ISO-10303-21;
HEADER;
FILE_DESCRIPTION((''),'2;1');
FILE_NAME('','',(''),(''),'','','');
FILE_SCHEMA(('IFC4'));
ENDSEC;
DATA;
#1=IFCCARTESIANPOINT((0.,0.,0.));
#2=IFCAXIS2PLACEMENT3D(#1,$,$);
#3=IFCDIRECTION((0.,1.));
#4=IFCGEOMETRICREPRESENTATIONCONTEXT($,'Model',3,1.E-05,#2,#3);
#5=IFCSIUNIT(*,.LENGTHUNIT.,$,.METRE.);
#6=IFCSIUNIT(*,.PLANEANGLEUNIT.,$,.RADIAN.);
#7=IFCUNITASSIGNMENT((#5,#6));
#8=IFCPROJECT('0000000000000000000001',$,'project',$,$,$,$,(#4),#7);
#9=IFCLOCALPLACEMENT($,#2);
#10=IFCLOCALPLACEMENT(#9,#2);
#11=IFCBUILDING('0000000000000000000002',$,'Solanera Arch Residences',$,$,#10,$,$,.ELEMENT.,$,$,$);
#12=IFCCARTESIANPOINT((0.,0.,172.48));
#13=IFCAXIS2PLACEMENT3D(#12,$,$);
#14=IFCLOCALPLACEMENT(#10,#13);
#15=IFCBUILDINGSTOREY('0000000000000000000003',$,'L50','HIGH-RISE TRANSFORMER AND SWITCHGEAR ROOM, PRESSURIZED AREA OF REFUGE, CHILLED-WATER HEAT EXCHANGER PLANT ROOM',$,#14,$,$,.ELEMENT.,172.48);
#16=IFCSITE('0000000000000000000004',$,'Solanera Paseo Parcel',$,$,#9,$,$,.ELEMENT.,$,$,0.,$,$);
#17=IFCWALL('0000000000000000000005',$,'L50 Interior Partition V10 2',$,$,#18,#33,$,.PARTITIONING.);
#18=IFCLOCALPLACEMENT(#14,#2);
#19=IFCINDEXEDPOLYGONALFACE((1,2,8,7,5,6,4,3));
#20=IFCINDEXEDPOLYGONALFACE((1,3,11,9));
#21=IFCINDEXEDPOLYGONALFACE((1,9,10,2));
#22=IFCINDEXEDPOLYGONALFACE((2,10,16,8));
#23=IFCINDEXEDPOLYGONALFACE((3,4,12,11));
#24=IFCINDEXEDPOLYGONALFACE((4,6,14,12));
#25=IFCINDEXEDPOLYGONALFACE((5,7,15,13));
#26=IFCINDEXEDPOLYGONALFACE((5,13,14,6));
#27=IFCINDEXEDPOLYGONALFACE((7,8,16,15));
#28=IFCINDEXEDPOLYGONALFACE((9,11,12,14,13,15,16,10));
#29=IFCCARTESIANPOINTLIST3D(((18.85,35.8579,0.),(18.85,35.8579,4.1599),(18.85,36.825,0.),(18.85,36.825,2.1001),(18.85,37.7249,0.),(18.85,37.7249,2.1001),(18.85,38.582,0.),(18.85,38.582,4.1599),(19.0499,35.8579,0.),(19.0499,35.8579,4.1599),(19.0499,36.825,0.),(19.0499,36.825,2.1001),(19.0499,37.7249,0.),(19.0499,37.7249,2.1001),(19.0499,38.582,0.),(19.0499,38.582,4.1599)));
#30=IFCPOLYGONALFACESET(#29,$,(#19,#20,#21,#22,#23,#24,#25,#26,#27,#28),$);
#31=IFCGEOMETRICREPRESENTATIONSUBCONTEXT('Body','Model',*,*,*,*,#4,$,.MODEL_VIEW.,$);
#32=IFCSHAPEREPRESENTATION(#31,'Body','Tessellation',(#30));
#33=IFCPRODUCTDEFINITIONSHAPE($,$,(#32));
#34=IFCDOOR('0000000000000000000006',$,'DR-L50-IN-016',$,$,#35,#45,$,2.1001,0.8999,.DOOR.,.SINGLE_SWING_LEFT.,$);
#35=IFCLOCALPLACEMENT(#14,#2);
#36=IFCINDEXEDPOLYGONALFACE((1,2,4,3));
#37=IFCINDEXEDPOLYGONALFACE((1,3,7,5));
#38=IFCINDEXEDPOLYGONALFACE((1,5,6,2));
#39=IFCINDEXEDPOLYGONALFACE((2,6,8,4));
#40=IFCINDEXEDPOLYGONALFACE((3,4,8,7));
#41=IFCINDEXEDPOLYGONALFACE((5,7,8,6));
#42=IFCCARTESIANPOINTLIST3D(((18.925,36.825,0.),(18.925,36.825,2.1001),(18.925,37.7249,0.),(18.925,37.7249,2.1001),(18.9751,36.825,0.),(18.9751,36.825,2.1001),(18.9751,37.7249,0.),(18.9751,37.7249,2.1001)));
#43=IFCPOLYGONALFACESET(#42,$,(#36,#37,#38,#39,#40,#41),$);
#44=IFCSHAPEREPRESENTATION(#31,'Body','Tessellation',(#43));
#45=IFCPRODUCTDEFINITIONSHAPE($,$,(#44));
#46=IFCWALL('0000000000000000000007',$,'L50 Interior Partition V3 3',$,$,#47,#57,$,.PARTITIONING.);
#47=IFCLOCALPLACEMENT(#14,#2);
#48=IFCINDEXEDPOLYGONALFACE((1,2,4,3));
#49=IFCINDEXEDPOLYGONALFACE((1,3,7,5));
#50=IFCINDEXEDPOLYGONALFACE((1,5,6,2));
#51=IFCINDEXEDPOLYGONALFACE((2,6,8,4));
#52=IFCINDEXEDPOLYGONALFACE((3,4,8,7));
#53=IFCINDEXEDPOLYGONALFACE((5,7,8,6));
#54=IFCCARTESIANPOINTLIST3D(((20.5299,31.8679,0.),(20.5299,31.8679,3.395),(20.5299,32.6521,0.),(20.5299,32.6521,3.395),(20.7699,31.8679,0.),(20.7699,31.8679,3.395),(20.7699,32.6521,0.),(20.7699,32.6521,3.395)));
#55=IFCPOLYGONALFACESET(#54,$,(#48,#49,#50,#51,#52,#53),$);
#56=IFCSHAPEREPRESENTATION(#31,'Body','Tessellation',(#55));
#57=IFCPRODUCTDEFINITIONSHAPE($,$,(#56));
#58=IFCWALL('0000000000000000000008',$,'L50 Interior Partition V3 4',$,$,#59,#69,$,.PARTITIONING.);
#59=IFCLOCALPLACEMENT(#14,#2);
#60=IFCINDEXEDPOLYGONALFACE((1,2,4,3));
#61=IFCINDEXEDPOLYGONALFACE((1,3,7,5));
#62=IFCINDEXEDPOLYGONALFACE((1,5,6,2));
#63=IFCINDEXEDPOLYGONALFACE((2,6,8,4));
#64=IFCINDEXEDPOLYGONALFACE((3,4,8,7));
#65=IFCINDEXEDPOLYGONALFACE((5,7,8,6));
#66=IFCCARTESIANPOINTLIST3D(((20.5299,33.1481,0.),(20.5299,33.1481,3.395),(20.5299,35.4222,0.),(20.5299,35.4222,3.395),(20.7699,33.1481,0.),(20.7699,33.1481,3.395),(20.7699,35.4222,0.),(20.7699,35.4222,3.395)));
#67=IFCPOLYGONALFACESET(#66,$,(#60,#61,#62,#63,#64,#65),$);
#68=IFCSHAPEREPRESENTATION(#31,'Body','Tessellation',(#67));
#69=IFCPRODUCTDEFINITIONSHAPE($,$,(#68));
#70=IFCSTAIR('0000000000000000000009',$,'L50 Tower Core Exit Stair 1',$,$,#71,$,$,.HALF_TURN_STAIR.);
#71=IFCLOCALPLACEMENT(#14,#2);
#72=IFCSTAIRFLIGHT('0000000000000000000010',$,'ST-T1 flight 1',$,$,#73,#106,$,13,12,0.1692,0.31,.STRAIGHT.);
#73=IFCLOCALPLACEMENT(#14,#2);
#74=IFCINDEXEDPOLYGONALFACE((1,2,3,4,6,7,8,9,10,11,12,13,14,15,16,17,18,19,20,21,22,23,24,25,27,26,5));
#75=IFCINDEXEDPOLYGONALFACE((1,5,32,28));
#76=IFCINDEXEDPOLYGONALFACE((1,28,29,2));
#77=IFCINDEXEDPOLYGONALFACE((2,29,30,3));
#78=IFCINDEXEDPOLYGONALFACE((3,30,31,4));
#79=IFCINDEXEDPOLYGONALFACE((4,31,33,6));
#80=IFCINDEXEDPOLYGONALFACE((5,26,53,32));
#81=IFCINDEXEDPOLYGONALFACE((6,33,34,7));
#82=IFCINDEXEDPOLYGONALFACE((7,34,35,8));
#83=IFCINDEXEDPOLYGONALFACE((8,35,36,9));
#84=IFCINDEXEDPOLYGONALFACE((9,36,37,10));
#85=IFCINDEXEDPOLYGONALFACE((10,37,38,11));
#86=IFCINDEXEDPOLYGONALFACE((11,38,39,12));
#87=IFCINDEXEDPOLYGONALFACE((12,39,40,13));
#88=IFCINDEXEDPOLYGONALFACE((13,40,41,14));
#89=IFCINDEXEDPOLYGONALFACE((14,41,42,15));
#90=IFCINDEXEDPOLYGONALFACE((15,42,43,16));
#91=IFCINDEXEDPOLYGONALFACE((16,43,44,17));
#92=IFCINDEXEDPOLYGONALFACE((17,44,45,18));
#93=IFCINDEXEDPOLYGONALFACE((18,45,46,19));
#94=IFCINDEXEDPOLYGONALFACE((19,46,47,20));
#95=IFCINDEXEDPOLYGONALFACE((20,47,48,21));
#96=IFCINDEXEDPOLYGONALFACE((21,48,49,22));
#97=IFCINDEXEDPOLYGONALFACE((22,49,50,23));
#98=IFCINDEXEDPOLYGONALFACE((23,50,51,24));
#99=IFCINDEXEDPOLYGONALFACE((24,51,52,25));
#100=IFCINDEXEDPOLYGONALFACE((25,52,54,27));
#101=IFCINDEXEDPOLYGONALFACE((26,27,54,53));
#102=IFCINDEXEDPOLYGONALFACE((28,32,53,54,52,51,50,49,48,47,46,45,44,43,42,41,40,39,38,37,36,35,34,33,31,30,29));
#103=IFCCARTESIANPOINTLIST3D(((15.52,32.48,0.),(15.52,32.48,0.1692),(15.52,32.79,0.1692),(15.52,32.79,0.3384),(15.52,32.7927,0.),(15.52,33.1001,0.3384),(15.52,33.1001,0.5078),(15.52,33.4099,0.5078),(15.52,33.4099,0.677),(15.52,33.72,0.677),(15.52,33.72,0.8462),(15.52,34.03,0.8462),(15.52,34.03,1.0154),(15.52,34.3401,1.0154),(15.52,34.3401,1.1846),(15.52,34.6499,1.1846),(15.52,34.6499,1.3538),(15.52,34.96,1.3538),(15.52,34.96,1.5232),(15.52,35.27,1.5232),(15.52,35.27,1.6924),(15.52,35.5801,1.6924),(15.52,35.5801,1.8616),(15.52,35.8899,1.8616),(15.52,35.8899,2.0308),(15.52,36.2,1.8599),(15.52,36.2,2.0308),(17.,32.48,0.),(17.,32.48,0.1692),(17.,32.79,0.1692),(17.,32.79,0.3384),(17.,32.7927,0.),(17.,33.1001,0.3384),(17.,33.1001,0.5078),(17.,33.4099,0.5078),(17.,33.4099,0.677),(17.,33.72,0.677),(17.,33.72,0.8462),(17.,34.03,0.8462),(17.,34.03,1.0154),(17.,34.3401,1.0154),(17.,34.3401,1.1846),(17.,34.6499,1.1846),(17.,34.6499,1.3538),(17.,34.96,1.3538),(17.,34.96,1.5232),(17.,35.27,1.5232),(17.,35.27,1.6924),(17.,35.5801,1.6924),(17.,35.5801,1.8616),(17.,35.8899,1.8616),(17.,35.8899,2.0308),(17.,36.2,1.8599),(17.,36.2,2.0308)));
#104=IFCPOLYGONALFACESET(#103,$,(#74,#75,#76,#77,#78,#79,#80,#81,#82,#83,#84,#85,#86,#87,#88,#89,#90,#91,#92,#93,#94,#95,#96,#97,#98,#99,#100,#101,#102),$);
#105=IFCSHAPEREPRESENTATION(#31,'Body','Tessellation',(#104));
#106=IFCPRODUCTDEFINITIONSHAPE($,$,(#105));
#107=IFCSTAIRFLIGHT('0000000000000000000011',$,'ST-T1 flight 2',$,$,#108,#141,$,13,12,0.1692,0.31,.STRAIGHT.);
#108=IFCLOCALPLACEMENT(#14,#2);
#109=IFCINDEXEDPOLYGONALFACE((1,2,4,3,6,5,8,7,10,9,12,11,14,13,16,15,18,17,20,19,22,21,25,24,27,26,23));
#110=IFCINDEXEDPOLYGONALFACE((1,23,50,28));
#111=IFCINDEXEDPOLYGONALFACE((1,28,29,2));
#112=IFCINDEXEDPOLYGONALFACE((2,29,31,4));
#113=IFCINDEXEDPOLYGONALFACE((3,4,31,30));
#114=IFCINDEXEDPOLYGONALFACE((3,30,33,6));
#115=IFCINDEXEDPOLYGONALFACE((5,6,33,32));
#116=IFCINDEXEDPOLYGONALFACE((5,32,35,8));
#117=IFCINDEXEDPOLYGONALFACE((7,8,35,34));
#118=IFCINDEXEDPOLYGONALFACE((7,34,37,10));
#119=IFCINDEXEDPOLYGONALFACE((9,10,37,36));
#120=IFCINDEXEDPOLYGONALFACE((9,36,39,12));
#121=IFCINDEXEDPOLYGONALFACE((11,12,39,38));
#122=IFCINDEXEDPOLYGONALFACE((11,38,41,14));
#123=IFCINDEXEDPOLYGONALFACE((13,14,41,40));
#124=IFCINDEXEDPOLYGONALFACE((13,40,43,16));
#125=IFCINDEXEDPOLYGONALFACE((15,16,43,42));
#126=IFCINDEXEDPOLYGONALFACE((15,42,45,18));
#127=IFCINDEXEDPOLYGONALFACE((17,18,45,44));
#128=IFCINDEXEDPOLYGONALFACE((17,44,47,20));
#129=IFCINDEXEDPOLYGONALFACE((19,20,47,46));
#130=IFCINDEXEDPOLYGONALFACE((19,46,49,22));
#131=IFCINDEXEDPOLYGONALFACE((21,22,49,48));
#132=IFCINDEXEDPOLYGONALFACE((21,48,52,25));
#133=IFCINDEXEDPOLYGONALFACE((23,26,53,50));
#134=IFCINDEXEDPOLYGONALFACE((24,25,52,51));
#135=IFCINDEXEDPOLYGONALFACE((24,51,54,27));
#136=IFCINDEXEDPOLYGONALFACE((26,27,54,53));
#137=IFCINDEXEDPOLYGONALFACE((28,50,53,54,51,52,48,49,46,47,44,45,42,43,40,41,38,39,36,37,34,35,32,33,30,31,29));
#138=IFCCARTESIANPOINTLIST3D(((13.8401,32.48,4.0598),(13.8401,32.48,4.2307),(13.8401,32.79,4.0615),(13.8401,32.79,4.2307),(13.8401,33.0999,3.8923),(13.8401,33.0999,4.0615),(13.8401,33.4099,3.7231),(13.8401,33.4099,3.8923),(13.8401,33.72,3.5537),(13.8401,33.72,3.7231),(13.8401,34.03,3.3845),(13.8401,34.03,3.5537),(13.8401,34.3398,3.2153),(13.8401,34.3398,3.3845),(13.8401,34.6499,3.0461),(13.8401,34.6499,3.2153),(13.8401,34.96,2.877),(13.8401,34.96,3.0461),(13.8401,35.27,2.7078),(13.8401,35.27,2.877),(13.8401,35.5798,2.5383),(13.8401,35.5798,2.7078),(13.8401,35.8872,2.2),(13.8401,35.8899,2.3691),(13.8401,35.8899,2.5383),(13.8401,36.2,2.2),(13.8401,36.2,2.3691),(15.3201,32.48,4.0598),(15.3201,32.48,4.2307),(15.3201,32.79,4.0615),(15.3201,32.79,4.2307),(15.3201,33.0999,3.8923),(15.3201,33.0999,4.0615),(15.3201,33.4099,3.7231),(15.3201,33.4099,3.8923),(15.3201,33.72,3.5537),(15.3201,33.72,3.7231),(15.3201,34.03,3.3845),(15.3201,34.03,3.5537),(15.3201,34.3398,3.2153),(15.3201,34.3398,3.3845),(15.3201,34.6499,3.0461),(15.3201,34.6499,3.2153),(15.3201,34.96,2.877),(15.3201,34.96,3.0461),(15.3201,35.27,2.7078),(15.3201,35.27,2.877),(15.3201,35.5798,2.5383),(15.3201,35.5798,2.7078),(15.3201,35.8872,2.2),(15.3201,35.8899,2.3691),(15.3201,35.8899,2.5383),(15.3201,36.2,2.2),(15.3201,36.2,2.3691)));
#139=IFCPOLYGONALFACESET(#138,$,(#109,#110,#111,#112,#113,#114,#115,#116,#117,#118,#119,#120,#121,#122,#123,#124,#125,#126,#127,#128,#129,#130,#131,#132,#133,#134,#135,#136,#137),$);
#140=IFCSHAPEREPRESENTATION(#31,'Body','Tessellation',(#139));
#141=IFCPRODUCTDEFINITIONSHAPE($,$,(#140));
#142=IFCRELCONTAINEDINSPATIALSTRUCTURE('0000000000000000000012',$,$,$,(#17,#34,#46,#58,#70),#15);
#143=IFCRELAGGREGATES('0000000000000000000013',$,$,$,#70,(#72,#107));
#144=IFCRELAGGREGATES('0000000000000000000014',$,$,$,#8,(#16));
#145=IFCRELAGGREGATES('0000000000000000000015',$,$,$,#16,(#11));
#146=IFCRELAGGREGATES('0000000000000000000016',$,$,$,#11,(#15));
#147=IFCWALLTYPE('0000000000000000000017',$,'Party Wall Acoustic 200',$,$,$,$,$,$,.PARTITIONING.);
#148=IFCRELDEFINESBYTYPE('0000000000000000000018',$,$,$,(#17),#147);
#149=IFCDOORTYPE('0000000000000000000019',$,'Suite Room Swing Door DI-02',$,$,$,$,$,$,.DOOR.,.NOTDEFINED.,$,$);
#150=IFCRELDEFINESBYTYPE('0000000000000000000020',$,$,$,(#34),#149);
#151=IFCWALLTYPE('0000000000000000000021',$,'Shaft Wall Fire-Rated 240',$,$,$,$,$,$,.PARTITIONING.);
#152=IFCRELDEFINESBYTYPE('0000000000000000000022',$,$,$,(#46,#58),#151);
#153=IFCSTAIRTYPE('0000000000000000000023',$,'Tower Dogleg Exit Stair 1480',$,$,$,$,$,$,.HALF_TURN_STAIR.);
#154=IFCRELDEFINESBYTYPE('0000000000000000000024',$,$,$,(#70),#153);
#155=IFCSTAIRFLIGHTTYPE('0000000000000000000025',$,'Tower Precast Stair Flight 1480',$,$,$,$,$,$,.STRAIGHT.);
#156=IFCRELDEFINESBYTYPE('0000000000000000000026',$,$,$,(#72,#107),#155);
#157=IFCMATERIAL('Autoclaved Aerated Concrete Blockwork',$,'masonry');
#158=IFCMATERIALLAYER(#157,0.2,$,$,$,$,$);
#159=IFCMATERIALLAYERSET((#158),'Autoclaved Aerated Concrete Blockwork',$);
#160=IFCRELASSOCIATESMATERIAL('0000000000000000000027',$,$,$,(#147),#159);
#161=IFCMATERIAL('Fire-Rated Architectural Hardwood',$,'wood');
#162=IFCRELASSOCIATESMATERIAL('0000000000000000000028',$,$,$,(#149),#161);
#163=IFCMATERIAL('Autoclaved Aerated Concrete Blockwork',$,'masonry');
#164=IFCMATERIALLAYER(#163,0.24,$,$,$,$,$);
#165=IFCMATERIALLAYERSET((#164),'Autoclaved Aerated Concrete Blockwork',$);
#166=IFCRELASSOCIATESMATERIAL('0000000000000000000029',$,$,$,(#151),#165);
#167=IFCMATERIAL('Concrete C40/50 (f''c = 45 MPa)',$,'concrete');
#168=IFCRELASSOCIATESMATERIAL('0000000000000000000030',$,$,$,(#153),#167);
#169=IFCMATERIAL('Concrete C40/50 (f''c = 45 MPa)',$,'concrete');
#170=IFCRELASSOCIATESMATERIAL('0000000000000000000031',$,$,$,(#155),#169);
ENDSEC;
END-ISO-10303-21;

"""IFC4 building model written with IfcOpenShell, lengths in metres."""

from ifc_helpers import new_model, si_unit, direction, frame, frame_2d, origin, place, context, subcontext, project, spatial, polyline, rectangle, outline, extrude, material, layer, layer_set, type_object, element, fill, aggregate, save


model = new_model("IFC4")

# Units and contexts
model_context = context("Model", 3, precision=1e-05, world=origin(), true_north=direction((0.0, 1.0)))
body_context = subcontext(model_context, "Body", "Model", "MODEL_VIEW")
ifc_project = project(units=[si_unit("LENGTHUNIT", "METRE"), si_unit("PLANEANGLEUNIT", "RADIAN")], contexts=[model_context])

# Site, building, storey
site_placement = place(None, origin())
site = spatial("IfcSite", under=ifc_project, at=site_placement, Name="Solanera Paseo Parcel", CompositionType="ELEMENT", RefElevation=0.0)
building_placement = place(site_placement, origin())
building = spatial("IfcBuilding", under=site, at=building_placement, Name="Solanera Arch Residences", CompositionType="ELEMENT")
storey_placement = place(building_placement, frame((0.0, 0.0, 172.48)))
storey = spatial("IfcBuildingStorey", under=building, at=storey_placement, Name="L50", Description="HIGH-RISE TRANSFORMER AND SWITCHGEAR ROOM, PRESSURIZED AREA OF REFUGE, CHILLED-WATER HEAT EXCHANGER PLANT ROOM", CompositionType="ELEMENT", Elevation=172.48)

# Shared definitions
ifc_material_1 = material(Name="Autoclaved Aerated Concrete Blockwork", Category="masonry")
ifc_layer_1 = layer(ifc_material_1, 0.2)
ifc_layer_set_1 = layer_set([ifc_layer_1], Name="Autoclaved Aerated Concrete Blockwork")
wall_type_1 = type_object("IfcWallType", Name="Party Wall Acoustic 200", PredefinedType="PARTITIONING", material=ifc_layer_set_1)

# Wall, opening, door
wall_1_placement = place(storey_placement, frame((18.95, 35.8579, 0.0), z_axis=(0.0, 0.0, 1.0), x_axis=(0.0, 1.0, 0.0)))
wall_1 = element("IfcWall", 1, at=wall_1_placement, inside=storey, type_object=wall_type_1, Name="L50 Interior Partition V10 2", PredefinedType="PARTITIONING", context=body_context, shape_type="SweptSolid", body=[
    extrude(rectangle(XDim=2.7241, YDim=0.2, at=frame_2d((1.3621, 0.0))), origin(), (0.0, 0.0, 1.0), 4.1599),
])
opening_1_placement = place(wall_1_placement, frame((0.967, 0.0, 0.0)))
opening_1 = element("IfcOpeningElement", 2, at=opening_1_placement, cuts=wall_1, PredefinedType="OPENING", context=body_context, shape_type="SweptSolid", body=[
    extrude(rectangle(XDim=0.8999, YDim=2.1001, at=frame_2d((0.45, 1.05))), frame((0.0, 0.1101, 0.0), z_axis=(0.0, -1.0, 0.0), x_axis=(1.0, 0.0, 0.0)), (0.0, 0.0, 1.0), 0.22),
])
ifc_material_2 = material(Name="Fire-Rated Architectural Hardwood", Category="wood")
door_type_1 = type_object("IfcDoorType", Name="Suite Room Swing Door DI-02", OperationType="NOTDEFINED", PredefinedType="DOOR", material=ifc_material_2)
door_1_placement = place(opening_1_placement, origin())
door_1 = element("IfcDoor", 3, at=door_1_placement, inside=storey, type_object=door_type_1, Name="DR-L50-IN-016", OperationType="SINGLE_SWING_LEFT", OverallHeight=2.1001, OverallWidth=0.8999, PredefinedType="DOOR", context=body_context, shape_type="SweptSolid", body=[
    extrude(rectangle(XDim=0.8999, YDim=2.1001, at=frame_2d((0.45, 1.05))), frame((0.0, 0.0249, 0.0), z_axis=(0.0, -1.0, 0.0), x_axis=(1.0, 0.0, 0.0)), (0.0, 0.0, 1.0), 0.05),
])
fill(opening_1, door_1)

# Shared definitions
ifc_material_3 = material(Name="Autoclaved Aerated Concrete Blockwork", Category="masonry")
ifc_layer_2 = layer(ifc_material_3, 0.24)
ifc_layer_set_2 = layer_set([ifc_layer_2], Name="Autoclaved Aerated Concrete Blockwork")
wall_type_2 = type_object("IfcWallType", Name="Shaft Wall Fire-Rated 240", PredefinedType="PARTITIONING", material=ifc_layer_set_2)

# Walls
wall_2_placement = place(storey_placement, frame((20.6499, 31.8679, 0.0), z_axis=(0.0, 0.0, 1.0), x_axis=(0.0, 1.0, 0.0)))
element("IfcWall", 4, at=wall_2_placement, inside=storey, type_object=wall_type_2, Name="L50 Interior Partition V3 3", PredefinedType="PARTITIONING", context=body_context, shape_type="SweptSolid", body=[
    extrude(rectangle(XDim=0.7842, YDim=0.24, at=frame_2d((0.3921, 0.0))), origin(), (0.0, 0.0, 1.0), 3.395),
])
wall_3_placement = place(storey_placement, frame((20.6499, 33.1479, 0.0), z_axis=(0.0, 0.0, 1.0), x_axis=(0.0, 1.0, 0.0)))
element("IfcWall", 5, at=wall_3_placement, inside=storey, type_object=wall_type_2, Name="L50 Interior Partition V3 4", PredefinedType="PARTITIONING", context=body_context, shape_type="SweptSolid", body=[
    extrude(rectangle(XDim=2.2742, YDim=0.24, at=frame_2d((1.1372, 0.0))), origin(), (0.0, 0.0, 1.0), 3.395),
])

# Stair, stair flights
ifc_material_4 = material(Name="Concrete C40/50 (f'c = 45 MPa)", Category="concrete")
stair_type = type_object("IfcStairType", Name="Tower Dogleg Exit Stair 1480", PredefinedType="HALF_TURN_STAIR", material=ifc_material_4)
stair_placement = place(storey_placement, origin())
stair = element("IfcStair", 6, at=stair_placement, inside=storey, type_object=stair_type, Name="L50 Tower Core Exit Stair 1", PredefinedType="HALF_TURN_STAIR")
ifc_material_5 = material(Name="Concrete C40/50 (f'c = 45 MPa)", Category="concrete")
stair_flight_type = type_object("IfcStairFlightType", Name="Tower Precast Stair Flight 1480", PredefinedType="STRAIGHT", material=ifc_material_5)
stair_flight_1_placement = place(storey_placement, frame((16.26, 32.48, 0.0), z_axis=(0.0, 0.0, 1.0), x_axis=(0.0, 1.0, 0.0)))
stair_flight_1 = element("IfcStairFlight", 7, at=stair_flight_1_placement, type_object=stair_flight_type, Name="ST-T1 flight 1", NumberOfRisers=13, NumberOfTreads=12, PredefinedType="STRAIGHT", RiserHeight=0.1692, TreadLength=0.31, context=body_context, shape_type="SweptSolid", body=[
    extrude(outline(polyline([(0.0, 0.0), (0.0, 0.1692), (0.3101, 0.1692), (0.3101, 0.3384), (0.6201, 0.3384), (0.6201, 0.5078), (0.9299, 0.5078), (0.9299, 0.677), (1.24, 0.677), (1.24, 0.8462), (1.55, 0.8462), (1.55, 1.0154), (1.8601, 1.0154), (1.8601, 1.1846), (2.1699, 1.1846), (2.1699, 1.3538), (2.48, 1.3538), (2.48, 1.5232), (2.79, 1.5232), (2.79, 1.6924), (3.1001, 1.6924), (3.1001, 1.8616), (3.4099, 1.8616), (3.4099, 2.0308), (3.72, 2.0308), (3.72, 2.2), (3.72, 1.8599), (0.3127, 0.0), (0.0, 0.0)])), frame((0.0, 0.74, 0.0), z_axis=(0.0, -1.0, 0.0), x_axis=(1.0, 0.0, 0.0)), (0.0, 0.0, 1.0), 1.48),
])
stair_flight_2_placement = place(storey_placement, frame((14.5801, 36.2, 2.2), z_axis=(0.0, 0.0, 1.0), x_axis=(0.0, -1.0, 0.0)))
stair_flight_2 = element("IfcStairFlight", 8, at=stair_flight_2_placement, type_object=stair_flight_type, Name="ST-T1 flight 2", NumberOfRisers=13, NumberOfTreads=12, PredefinedType="STRAIGHT", RiserHeight=0.1692, TreadLength=0.31, context=body_context, shape_type="SweptSolid", body=[
    extrude(outline(polyline([(0.0, 0.0), (0.0, 0.1692), (0.3101, 0.1692), (0.3101, 0.3384), (0.6201, 0.3384), (0.6201, 0.5078), (0.9299, 0.5078), (0.9299, 0.677), (1.24, 0.677), (1.24, 0.8462), (1.55, 0.8462), (1.55, 1.0154), (1.8601, 1.0154), (1.8601, 1.1846), (2.1699, 1.1846), (2.1699, 1.3538), (2.48, 1.3538), (2.48, 1.5232), (2.79, 1.5232), (2.79, 1.6924), (3.1001, 1.6924), (3.1001, 1.8616), (3.4099, 1.8616), (3.4099, 2.0308), (3.72, 2.0308), (3.72, 2.2), (3.72, 1.8599), (0.3127, 0.0), (0.0, 0.0)])), frame((0.0, 0.74, 0.0), z_axis=(0.0, -1.0, 0.0), x_axis=(1.0, 0.0, 0.0)), (0.0, 0.0, 1.0), 1.48),
])
aggregate(stair, [stair_flight_1, stair_flight_2])

save(model, "model.ifc")
